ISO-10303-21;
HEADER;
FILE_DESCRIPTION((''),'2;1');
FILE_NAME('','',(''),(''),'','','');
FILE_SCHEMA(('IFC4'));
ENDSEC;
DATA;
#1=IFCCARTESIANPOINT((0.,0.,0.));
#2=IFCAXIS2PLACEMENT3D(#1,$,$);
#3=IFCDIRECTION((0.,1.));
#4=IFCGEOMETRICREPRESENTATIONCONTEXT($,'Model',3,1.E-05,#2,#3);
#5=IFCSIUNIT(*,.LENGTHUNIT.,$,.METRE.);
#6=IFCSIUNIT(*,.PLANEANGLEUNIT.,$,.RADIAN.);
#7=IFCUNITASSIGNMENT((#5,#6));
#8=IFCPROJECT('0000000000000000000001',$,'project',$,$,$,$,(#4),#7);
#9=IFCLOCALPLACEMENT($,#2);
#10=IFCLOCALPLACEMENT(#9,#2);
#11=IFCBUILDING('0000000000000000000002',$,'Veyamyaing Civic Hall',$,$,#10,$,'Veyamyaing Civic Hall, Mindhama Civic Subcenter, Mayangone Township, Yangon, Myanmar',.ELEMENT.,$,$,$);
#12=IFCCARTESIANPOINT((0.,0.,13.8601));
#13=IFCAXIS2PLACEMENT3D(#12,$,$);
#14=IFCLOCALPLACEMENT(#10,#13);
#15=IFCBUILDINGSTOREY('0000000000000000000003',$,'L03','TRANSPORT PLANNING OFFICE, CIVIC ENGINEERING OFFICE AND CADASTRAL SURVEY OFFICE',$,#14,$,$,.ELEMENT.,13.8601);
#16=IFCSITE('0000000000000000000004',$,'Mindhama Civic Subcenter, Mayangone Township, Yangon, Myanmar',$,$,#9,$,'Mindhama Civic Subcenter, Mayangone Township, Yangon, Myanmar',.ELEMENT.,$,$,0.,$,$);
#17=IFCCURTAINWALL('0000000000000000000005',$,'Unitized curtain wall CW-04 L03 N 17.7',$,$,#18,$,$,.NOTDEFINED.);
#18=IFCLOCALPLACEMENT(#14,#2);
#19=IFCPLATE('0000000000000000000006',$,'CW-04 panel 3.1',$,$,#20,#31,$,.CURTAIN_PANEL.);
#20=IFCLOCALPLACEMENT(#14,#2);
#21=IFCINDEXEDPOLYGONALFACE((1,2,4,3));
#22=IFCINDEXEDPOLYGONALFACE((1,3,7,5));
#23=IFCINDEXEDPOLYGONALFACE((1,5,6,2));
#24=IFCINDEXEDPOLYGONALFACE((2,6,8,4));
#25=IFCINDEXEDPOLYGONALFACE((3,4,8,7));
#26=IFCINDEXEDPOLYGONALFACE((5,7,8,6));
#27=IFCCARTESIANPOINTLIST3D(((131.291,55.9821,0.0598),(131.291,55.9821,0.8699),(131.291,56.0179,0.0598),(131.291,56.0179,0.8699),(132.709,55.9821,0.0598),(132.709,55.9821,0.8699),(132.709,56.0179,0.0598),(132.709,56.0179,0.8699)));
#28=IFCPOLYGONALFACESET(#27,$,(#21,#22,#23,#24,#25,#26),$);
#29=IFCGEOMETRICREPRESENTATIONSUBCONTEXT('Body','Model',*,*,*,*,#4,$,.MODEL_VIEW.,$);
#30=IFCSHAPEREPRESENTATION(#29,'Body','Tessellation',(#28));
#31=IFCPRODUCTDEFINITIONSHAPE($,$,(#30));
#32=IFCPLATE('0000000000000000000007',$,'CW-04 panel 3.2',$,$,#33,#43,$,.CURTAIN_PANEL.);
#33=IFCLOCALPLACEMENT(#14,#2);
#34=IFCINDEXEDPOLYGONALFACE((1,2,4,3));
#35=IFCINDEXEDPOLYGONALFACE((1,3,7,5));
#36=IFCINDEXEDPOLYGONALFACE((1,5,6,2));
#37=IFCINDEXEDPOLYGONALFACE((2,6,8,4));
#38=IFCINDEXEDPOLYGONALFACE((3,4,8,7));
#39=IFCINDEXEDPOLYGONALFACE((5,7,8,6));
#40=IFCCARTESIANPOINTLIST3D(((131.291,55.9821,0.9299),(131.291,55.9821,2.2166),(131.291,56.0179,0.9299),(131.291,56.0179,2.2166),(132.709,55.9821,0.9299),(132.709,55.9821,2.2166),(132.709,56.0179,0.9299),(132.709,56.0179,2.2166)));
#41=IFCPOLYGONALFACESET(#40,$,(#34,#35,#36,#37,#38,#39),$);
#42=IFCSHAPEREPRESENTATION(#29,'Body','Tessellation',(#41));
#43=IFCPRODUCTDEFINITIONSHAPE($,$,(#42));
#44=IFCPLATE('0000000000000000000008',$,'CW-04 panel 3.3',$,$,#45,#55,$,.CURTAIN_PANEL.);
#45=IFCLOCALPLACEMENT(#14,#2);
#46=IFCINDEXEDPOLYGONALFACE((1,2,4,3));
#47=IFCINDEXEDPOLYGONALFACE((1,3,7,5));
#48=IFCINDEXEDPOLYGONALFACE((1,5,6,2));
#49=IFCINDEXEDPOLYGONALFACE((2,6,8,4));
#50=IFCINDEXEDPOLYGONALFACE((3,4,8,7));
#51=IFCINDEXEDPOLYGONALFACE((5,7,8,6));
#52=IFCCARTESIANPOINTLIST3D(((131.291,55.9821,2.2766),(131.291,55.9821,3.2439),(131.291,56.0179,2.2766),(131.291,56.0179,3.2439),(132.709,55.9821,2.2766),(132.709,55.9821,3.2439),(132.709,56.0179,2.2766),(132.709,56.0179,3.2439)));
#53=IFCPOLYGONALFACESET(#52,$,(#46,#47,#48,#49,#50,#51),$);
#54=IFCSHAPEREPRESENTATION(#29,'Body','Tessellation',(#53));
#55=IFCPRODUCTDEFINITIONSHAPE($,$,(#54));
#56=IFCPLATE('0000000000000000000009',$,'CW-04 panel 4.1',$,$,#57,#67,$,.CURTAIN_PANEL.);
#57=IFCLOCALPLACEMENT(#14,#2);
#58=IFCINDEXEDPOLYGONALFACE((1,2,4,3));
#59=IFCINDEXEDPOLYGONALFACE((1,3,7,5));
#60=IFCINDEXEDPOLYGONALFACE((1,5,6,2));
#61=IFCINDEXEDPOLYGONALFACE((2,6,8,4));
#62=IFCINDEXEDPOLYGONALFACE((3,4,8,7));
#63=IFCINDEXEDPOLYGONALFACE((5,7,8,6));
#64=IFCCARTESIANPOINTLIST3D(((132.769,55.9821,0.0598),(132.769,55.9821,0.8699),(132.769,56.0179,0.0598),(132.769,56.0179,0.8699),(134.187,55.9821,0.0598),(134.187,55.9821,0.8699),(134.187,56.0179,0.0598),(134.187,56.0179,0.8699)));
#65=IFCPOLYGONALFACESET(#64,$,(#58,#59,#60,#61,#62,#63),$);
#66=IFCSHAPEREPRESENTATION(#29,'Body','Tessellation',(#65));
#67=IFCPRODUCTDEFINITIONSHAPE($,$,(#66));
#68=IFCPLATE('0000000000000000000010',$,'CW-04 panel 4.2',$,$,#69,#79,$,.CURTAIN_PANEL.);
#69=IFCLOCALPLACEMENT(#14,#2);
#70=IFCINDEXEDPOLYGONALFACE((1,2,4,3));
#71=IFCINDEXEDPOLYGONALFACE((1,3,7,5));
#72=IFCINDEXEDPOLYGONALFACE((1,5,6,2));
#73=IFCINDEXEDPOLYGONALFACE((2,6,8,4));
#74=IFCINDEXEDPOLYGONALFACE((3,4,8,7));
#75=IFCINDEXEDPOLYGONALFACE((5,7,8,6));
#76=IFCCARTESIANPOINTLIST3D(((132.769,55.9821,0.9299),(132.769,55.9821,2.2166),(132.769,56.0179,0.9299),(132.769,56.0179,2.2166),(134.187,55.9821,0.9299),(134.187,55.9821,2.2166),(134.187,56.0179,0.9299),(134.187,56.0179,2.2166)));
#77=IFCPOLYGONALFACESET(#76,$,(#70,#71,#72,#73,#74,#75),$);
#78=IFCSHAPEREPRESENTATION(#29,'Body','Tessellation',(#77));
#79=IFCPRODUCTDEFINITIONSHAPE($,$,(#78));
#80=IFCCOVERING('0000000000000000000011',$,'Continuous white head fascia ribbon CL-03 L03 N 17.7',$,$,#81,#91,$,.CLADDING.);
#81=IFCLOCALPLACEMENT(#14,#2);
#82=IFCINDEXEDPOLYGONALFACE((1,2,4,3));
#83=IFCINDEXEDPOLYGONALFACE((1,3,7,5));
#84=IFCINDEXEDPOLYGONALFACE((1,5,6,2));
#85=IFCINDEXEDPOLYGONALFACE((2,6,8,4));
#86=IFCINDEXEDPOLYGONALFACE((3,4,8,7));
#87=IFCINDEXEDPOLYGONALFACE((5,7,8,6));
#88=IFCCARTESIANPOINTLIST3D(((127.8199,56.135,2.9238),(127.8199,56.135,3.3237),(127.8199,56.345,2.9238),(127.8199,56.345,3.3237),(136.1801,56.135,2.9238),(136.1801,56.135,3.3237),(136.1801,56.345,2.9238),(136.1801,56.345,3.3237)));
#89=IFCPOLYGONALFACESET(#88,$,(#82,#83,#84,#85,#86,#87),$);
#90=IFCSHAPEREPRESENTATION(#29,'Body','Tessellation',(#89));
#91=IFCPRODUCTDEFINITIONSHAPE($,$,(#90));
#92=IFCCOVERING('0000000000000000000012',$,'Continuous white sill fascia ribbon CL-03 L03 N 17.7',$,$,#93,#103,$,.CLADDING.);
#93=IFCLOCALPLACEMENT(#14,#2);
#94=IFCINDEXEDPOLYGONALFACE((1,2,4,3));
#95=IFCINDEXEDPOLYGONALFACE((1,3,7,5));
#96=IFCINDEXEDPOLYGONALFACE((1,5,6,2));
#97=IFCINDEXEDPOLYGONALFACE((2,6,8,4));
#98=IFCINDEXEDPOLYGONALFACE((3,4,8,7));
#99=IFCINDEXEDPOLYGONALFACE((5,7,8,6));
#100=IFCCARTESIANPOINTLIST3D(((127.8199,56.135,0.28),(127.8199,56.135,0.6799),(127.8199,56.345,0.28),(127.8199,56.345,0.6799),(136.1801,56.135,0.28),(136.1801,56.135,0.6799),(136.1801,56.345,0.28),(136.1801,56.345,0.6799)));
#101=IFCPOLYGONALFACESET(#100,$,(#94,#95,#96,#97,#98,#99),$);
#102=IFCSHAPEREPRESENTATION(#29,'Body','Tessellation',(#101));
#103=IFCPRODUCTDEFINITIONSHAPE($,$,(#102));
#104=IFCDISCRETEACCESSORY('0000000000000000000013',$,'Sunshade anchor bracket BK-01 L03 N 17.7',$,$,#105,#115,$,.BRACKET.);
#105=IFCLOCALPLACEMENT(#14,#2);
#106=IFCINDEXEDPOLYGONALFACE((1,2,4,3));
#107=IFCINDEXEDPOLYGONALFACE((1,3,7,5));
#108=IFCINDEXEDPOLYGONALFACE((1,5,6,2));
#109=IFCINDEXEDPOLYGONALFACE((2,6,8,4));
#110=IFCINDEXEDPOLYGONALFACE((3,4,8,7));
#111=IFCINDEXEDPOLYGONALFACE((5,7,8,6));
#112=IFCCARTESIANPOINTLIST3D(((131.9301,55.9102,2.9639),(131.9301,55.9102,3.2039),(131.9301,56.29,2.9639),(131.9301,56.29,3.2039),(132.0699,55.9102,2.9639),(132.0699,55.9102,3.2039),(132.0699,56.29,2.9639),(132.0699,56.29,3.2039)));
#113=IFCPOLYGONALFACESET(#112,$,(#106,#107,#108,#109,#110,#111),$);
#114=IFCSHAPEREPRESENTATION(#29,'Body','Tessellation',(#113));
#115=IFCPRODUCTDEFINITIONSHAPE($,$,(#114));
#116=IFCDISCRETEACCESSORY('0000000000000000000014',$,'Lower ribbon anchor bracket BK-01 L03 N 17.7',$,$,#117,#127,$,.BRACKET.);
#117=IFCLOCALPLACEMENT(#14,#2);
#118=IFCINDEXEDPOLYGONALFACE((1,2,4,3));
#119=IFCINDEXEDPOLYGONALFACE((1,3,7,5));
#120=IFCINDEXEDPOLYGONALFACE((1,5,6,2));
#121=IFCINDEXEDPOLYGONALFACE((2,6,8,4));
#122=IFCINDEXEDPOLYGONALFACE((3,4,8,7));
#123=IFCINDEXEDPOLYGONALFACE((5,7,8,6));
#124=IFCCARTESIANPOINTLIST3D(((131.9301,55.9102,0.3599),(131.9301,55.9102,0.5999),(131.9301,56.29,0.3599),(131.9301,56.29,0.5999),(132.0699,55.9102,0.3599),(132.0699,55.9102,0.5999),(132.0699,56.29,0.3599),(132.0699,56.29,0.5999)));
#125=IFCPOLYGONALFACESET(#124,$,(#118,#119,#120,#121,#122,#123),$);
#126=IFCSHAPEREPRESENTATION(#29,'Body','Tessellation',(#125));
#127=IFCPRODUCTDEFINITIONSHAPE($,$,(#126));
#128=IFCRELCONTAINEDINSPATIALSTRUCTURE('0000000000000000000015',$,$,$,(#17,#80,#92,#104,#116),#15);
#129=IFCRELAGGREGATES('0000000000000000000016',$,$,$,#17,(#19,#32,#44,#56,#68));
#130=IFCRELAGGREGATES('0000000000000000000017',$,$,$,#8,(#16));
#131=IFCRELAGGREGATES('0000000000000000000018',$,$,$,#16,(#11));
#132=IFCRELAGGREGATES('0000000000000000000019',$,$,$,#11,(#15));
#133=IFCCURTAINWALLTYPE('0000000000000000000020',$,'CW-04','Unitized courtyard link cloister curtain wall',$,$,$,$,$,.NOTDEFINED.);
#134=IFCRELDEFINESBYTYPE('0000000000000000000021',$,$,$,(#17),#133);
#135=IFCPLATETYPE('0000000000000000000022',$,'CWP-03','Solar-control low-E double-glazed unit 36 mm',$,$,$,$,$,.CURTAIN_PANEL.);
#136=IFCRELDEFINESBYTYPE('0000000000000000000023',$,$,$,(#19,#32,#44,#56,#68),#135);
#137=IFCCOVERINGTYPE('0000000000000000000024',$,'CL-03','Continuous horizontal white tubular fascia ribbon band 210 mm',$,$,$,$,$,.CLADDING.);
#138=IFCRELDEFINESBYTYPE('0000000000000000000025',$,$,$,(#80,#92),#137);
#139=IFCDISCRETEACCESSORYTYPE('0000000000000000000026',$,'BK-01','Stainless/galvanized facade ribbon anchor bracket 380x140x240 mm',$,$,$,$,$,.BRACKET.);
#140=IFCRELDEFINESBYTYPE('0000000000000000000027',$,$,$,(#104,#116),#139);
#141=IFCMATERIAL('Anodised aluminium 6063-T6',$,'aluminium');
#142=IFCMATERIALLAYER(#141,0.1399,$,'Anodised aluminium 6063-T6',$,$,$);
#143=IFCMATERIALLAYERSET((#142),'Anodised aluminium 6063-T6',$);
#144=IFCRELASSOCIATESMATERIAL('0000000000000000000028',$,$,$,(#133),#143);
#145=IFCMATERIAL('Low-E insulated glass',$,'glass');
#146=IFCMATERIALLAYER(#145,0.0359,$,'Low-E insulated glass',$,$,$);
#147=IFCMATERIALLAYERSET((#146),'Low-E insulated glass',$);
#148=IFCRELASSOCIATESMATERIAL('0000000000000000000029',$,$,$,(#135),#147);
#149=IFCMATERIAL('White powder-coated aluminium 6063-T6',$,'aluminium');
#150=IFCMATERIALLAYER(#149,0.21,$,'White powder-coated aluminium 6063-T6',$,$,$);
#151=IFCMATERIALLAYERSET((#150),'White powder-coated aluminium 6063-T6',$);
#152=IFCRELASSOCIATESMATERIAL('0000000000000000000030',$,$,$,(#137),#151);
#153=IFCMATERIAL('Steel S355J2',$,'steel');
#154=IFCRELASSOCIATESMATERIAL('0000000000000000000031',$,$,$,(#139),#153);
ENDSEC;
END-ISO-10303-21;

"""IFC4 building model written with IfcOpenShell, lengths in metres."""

from ifc_helpers import new_model, si_unit, direction, frame, origin, origin_2d, place, context, subcontext, project, spatial, rectangle, extrude, material, layer, layer_set, type_object, element, aggregate, save


model = new_model("IFC4")

# Units and contexts
model_context = context("Model", 3, precision=1e-05, world=origin(), true_north=direction((0.0, 1.0)))
body_context = subcontext(model_context, "Body", "Model", "MODEL_VIEW")
ifc_project = project(units=[si_unit("LENGTHUNIT", "METRE"), si_unit("PLANEANGLEUNIT", "RADIAN")], contexts=[model_context])

# Site, building, storey
site_placement = place(None, origin())
site = spatial("IfcSite", under=ifc_project, at=site_placement, Name="Mindhama Civic Subcenter, Mayangone Township, Yangon, Myanmar", LongName="Mindhama Civic Subcenter, Mayangone Township, Yangon, Myanmar", CompositionType="ELEMENT", RefElevation=0.0)
building_placement = place(site_placement, origin())
building = spatial("IfcBuilding", under=site, at=building_placement, Name="Veyamyaing Civic Hall", LongName="Veyamyaing Civic Hall, Mindhama Civic Subcenter, Mayangone Township, Yangon, Myanmar", CompositionType="ELEMENT")
storey_placement = place(building_placement, frame((0.0, 0.0, 13.8601)))
storey = spatial("IfcBuildingStorey", under=building, at=storey_placement, Name="L03", Description="TRANSPORT PLANNING OFFICE, CIVIC ENGINEERING OFFICE AND CADASTRAL SURVEY OFFICE", CompositionType="ELEMENT", Elevation=13.8601)

# Curtain wall, plates
ifc_material_1 = material(Name="Anodised aluminium 6063-T6", Category="aluminium")
ifc_layer_1 = layer(ifc_material_1, 0.1399, Name="Anodised aluminium 6063-T6")
ifc_layer_set_1 = layer_set([ifc_layer_1], Name="Anodised aluminium 6063-T6")
curtain_wall_type = type_object("IfcCurtainWallType", Name="CW-04", Description="Unitized courtyard link cloister curtain wall", PredefinedType="NOTDEFINED", material=ifc_layer_set_1)
curtain_wall_placement = place(storey_placement, origin())
curtain_wall = element("IfcCurtainWall", 1, at=curtain_wall_placement, inside=storey, type_object=curtain_wall_type, Name="Unitized curtain wall CW-04 L03 N 17.7", PredefinedType="NOTDEFINED")
ifc_material_2 = material(Name="Low-E insulated glass", Category="glass")
ifc_layer_2 = layer(ifc_material_2, 0.0359, Name="Low-E insulated glass")
ifc_layer_set_2 = layer_set([ifc_layer_2], Name="Low-E insulated glass")
plate_type = type_object("IfcPlateType", Name="CWP-03", Description="Solar-control low-E double-glazed unit 36 mm", PredefinedType="CURTAIN_PANEL", material=ifc_layer_set_2)
plate_1_placement = place(storey_placement, frame((132.0, 56.0, 0.0598), z_axis=(0.0, 0.0, 1.0), x_axis=(1.0, 0.0, 0.0)))
plate_1 = element("IfcPlate", 2, at=plate_1_placement, type_object=plate_type, Name="CW-04 panel 3.1", PredefinedType="CURTAIN_PANEL", context=body_context, shape_type="SweptSolid", body=[
    extrude(rectangle(XDim=1.418, YDim=0.0359, at=origin_2d()), origin(), (0.0, 0.0, 1.0), 0.8101),
])
plate_2_placement = place(storey_placement, frame((132.0, 56.0, 0.9299), z_axis=(0.0, 0.0, 1.0), x_axis=(1.0, 0.0, 0.0)))
plate_2 = element("IfcPlate", 3, at=plate_2_placement, type_object=plate_type, Name="CW-04 panel 3.2", PredefinedType="CURTAIN_PANEL", context=body_context, shape_type="SweptSolid", body=[
    extrude(rectangle(XDim=1.418, YDim=0.0359, at=origin_2d()), origin(), (0.0, 0.0, 1.0), 1.2866),
])
plate_3_placement = place(storey_placement, frame((132.0, 56.0, 2.2766), z_axis=(0.0, 0.0, 1.0), x_axis=(1.0, 0.0, 0.0)))
plate_3 = element("IfcPlate", 4, at=plate_3_placement, type_object=plate_type, Name="CW-04 panel 3.3", PredefinedType="CURTAIN_PANEL", context=body_context, shape_type="SweptSolid", body=[
    extrude(rectangle(XDim=1.418, YDim=0.0359, at=origin_2d()), origin(), (0.0, 0.0, 1.0), 0.9673),
])
plate_4_placement = place(storey_placement, frame((133.478, 56.0, 0.0598), z_axis=(0.0, 0.0, 1.0), x_axis=(1.0, 0.0, 0.0)))
plate_4 = element("IfcPlate", 5, at=plate_4_placement, type_object=plate_type, Name="CW-04 panel 4.1", PredefinedType="CURTAIN_PANEL", context=body_context, shape_type="SweptSolid", body=[
    extrude(rectangle(XDim=1.418, YDim=0.0359, at=origin_2d()), origin(), (0.0, 0.0, 1.0), 0.8101),
])
plate_5_placement = place(storey_placement, frame((133.478, 56.0, 0.9299), z_axis=(0.0, 0.0, 1.0), x_axis=(1.0, 0.0, 0.0)))
plate_5 = element("IfcPlate", 6, at=plate_5_placement, type_object=plate_type, Name="CW-04 panel 4.2", PredefinedType="CURTAIN_PANEL", context=body_context, shape_type="SweptSolid", body=[
    extrude(rectangle(XDim=1.418, YDim=0.0359, at=origin_2d()), origin(), (0.0, 0.0, 1.0), 1.2866),
])
aggregate(curtain_wall, [plate_1, plate_2, plate_3, plate_4, plate_5])

# Coverings
ifc_material_3 = material(Name="White powder-coated aluminium 6063-T6", Category="aluminium")
ifc_layer_3 = layer(ifc_material_3, 0.21, Name="White powder-coated aluminium 6063-T6")
ifc_layer_set_3 = layer_set([ifc_layer_3], Name="White powder-coated aluminium 6063-T6")
covering_type = type_object("IfcCoveringType", Name="CL-03", Description="Continuous horizontal white tubular fascia ribbon band 210 mm", PredefinedType="CLADDING", material=ifc_layer_set_3)
for number, where, z_axis, x_axis, name in (
    (7, (132.0, 56.24, 2.9238), (0.0, 0.0, 1.0), (1.0, 0.0, 0.0), "Continuous white head fascia ribbon CL-03 L03 N 17.7"),
    (8, (132.0, 56.24, 0.28), (0.0, 0.0, 1.0), (1.0, 0.0, 0.0), "Continuous white sill fascia ribbon CL-03 L03 N 17.7"),
):
    element("IfcCovering", number, at=place(storey_placement, frame(where, z_axis=z_axis, x_axis=x_axis)), inside=storey, type_object=covering_type, Name=name, PredefinedType="CLADDING", context=body_context, shape_type="SweptSolid", body=[
        extrude(rectangle(XDim=8.3601, YDim=0.21, at=origin_2d()), origin(), (0.0, 0.0, 1.0), 0.3999),
    ])

# Discrete accessories
ifc_material_4 = material(Name="Steel S355J2", Category="steel")
discrete_accessory_type = type_object("IfcDiscreteAccessoryType", Name="BK-01", Description="Stainless/galvanized facade ribbon anchor bracket 380x140x240 mm", PredefinedType="BRACKET", material=ifc_material_4)
for number, where, z_axis, x_axis, name in (
    (9, (132.0, 56.1001, 2.9639), (0.0, 0.0, 1.0), (0.0, 1.0, 0.0), "Sunshade anchor bracket BK-01 L03 N 17.7"),
    (10, (132.0, 56.1001, 0.3599), (0.0, 0.0, 1.0), (0.0, 1.0, 0.0), "Lower ribbon anchor bracket BK-01 L03 N 17.7"),
):
    element("IfcDiscreteAccessory", number, at=place(storey_placement, frame(where, z_axis=z_axis, x_axis=x_axis)), inside=storey, type_object=discrete_accessory_type, Name=name, PredefinedType="BRACKET", context=body_context, shape_type="SweptSolid", body=[
        extrude(rectangle(XDim=0.3799, YDim=0.1399, at=origin_2d()), origin(), (0.0, 0.0, 1.0), 0.24),
    ])

save(model, "model.ifc")
